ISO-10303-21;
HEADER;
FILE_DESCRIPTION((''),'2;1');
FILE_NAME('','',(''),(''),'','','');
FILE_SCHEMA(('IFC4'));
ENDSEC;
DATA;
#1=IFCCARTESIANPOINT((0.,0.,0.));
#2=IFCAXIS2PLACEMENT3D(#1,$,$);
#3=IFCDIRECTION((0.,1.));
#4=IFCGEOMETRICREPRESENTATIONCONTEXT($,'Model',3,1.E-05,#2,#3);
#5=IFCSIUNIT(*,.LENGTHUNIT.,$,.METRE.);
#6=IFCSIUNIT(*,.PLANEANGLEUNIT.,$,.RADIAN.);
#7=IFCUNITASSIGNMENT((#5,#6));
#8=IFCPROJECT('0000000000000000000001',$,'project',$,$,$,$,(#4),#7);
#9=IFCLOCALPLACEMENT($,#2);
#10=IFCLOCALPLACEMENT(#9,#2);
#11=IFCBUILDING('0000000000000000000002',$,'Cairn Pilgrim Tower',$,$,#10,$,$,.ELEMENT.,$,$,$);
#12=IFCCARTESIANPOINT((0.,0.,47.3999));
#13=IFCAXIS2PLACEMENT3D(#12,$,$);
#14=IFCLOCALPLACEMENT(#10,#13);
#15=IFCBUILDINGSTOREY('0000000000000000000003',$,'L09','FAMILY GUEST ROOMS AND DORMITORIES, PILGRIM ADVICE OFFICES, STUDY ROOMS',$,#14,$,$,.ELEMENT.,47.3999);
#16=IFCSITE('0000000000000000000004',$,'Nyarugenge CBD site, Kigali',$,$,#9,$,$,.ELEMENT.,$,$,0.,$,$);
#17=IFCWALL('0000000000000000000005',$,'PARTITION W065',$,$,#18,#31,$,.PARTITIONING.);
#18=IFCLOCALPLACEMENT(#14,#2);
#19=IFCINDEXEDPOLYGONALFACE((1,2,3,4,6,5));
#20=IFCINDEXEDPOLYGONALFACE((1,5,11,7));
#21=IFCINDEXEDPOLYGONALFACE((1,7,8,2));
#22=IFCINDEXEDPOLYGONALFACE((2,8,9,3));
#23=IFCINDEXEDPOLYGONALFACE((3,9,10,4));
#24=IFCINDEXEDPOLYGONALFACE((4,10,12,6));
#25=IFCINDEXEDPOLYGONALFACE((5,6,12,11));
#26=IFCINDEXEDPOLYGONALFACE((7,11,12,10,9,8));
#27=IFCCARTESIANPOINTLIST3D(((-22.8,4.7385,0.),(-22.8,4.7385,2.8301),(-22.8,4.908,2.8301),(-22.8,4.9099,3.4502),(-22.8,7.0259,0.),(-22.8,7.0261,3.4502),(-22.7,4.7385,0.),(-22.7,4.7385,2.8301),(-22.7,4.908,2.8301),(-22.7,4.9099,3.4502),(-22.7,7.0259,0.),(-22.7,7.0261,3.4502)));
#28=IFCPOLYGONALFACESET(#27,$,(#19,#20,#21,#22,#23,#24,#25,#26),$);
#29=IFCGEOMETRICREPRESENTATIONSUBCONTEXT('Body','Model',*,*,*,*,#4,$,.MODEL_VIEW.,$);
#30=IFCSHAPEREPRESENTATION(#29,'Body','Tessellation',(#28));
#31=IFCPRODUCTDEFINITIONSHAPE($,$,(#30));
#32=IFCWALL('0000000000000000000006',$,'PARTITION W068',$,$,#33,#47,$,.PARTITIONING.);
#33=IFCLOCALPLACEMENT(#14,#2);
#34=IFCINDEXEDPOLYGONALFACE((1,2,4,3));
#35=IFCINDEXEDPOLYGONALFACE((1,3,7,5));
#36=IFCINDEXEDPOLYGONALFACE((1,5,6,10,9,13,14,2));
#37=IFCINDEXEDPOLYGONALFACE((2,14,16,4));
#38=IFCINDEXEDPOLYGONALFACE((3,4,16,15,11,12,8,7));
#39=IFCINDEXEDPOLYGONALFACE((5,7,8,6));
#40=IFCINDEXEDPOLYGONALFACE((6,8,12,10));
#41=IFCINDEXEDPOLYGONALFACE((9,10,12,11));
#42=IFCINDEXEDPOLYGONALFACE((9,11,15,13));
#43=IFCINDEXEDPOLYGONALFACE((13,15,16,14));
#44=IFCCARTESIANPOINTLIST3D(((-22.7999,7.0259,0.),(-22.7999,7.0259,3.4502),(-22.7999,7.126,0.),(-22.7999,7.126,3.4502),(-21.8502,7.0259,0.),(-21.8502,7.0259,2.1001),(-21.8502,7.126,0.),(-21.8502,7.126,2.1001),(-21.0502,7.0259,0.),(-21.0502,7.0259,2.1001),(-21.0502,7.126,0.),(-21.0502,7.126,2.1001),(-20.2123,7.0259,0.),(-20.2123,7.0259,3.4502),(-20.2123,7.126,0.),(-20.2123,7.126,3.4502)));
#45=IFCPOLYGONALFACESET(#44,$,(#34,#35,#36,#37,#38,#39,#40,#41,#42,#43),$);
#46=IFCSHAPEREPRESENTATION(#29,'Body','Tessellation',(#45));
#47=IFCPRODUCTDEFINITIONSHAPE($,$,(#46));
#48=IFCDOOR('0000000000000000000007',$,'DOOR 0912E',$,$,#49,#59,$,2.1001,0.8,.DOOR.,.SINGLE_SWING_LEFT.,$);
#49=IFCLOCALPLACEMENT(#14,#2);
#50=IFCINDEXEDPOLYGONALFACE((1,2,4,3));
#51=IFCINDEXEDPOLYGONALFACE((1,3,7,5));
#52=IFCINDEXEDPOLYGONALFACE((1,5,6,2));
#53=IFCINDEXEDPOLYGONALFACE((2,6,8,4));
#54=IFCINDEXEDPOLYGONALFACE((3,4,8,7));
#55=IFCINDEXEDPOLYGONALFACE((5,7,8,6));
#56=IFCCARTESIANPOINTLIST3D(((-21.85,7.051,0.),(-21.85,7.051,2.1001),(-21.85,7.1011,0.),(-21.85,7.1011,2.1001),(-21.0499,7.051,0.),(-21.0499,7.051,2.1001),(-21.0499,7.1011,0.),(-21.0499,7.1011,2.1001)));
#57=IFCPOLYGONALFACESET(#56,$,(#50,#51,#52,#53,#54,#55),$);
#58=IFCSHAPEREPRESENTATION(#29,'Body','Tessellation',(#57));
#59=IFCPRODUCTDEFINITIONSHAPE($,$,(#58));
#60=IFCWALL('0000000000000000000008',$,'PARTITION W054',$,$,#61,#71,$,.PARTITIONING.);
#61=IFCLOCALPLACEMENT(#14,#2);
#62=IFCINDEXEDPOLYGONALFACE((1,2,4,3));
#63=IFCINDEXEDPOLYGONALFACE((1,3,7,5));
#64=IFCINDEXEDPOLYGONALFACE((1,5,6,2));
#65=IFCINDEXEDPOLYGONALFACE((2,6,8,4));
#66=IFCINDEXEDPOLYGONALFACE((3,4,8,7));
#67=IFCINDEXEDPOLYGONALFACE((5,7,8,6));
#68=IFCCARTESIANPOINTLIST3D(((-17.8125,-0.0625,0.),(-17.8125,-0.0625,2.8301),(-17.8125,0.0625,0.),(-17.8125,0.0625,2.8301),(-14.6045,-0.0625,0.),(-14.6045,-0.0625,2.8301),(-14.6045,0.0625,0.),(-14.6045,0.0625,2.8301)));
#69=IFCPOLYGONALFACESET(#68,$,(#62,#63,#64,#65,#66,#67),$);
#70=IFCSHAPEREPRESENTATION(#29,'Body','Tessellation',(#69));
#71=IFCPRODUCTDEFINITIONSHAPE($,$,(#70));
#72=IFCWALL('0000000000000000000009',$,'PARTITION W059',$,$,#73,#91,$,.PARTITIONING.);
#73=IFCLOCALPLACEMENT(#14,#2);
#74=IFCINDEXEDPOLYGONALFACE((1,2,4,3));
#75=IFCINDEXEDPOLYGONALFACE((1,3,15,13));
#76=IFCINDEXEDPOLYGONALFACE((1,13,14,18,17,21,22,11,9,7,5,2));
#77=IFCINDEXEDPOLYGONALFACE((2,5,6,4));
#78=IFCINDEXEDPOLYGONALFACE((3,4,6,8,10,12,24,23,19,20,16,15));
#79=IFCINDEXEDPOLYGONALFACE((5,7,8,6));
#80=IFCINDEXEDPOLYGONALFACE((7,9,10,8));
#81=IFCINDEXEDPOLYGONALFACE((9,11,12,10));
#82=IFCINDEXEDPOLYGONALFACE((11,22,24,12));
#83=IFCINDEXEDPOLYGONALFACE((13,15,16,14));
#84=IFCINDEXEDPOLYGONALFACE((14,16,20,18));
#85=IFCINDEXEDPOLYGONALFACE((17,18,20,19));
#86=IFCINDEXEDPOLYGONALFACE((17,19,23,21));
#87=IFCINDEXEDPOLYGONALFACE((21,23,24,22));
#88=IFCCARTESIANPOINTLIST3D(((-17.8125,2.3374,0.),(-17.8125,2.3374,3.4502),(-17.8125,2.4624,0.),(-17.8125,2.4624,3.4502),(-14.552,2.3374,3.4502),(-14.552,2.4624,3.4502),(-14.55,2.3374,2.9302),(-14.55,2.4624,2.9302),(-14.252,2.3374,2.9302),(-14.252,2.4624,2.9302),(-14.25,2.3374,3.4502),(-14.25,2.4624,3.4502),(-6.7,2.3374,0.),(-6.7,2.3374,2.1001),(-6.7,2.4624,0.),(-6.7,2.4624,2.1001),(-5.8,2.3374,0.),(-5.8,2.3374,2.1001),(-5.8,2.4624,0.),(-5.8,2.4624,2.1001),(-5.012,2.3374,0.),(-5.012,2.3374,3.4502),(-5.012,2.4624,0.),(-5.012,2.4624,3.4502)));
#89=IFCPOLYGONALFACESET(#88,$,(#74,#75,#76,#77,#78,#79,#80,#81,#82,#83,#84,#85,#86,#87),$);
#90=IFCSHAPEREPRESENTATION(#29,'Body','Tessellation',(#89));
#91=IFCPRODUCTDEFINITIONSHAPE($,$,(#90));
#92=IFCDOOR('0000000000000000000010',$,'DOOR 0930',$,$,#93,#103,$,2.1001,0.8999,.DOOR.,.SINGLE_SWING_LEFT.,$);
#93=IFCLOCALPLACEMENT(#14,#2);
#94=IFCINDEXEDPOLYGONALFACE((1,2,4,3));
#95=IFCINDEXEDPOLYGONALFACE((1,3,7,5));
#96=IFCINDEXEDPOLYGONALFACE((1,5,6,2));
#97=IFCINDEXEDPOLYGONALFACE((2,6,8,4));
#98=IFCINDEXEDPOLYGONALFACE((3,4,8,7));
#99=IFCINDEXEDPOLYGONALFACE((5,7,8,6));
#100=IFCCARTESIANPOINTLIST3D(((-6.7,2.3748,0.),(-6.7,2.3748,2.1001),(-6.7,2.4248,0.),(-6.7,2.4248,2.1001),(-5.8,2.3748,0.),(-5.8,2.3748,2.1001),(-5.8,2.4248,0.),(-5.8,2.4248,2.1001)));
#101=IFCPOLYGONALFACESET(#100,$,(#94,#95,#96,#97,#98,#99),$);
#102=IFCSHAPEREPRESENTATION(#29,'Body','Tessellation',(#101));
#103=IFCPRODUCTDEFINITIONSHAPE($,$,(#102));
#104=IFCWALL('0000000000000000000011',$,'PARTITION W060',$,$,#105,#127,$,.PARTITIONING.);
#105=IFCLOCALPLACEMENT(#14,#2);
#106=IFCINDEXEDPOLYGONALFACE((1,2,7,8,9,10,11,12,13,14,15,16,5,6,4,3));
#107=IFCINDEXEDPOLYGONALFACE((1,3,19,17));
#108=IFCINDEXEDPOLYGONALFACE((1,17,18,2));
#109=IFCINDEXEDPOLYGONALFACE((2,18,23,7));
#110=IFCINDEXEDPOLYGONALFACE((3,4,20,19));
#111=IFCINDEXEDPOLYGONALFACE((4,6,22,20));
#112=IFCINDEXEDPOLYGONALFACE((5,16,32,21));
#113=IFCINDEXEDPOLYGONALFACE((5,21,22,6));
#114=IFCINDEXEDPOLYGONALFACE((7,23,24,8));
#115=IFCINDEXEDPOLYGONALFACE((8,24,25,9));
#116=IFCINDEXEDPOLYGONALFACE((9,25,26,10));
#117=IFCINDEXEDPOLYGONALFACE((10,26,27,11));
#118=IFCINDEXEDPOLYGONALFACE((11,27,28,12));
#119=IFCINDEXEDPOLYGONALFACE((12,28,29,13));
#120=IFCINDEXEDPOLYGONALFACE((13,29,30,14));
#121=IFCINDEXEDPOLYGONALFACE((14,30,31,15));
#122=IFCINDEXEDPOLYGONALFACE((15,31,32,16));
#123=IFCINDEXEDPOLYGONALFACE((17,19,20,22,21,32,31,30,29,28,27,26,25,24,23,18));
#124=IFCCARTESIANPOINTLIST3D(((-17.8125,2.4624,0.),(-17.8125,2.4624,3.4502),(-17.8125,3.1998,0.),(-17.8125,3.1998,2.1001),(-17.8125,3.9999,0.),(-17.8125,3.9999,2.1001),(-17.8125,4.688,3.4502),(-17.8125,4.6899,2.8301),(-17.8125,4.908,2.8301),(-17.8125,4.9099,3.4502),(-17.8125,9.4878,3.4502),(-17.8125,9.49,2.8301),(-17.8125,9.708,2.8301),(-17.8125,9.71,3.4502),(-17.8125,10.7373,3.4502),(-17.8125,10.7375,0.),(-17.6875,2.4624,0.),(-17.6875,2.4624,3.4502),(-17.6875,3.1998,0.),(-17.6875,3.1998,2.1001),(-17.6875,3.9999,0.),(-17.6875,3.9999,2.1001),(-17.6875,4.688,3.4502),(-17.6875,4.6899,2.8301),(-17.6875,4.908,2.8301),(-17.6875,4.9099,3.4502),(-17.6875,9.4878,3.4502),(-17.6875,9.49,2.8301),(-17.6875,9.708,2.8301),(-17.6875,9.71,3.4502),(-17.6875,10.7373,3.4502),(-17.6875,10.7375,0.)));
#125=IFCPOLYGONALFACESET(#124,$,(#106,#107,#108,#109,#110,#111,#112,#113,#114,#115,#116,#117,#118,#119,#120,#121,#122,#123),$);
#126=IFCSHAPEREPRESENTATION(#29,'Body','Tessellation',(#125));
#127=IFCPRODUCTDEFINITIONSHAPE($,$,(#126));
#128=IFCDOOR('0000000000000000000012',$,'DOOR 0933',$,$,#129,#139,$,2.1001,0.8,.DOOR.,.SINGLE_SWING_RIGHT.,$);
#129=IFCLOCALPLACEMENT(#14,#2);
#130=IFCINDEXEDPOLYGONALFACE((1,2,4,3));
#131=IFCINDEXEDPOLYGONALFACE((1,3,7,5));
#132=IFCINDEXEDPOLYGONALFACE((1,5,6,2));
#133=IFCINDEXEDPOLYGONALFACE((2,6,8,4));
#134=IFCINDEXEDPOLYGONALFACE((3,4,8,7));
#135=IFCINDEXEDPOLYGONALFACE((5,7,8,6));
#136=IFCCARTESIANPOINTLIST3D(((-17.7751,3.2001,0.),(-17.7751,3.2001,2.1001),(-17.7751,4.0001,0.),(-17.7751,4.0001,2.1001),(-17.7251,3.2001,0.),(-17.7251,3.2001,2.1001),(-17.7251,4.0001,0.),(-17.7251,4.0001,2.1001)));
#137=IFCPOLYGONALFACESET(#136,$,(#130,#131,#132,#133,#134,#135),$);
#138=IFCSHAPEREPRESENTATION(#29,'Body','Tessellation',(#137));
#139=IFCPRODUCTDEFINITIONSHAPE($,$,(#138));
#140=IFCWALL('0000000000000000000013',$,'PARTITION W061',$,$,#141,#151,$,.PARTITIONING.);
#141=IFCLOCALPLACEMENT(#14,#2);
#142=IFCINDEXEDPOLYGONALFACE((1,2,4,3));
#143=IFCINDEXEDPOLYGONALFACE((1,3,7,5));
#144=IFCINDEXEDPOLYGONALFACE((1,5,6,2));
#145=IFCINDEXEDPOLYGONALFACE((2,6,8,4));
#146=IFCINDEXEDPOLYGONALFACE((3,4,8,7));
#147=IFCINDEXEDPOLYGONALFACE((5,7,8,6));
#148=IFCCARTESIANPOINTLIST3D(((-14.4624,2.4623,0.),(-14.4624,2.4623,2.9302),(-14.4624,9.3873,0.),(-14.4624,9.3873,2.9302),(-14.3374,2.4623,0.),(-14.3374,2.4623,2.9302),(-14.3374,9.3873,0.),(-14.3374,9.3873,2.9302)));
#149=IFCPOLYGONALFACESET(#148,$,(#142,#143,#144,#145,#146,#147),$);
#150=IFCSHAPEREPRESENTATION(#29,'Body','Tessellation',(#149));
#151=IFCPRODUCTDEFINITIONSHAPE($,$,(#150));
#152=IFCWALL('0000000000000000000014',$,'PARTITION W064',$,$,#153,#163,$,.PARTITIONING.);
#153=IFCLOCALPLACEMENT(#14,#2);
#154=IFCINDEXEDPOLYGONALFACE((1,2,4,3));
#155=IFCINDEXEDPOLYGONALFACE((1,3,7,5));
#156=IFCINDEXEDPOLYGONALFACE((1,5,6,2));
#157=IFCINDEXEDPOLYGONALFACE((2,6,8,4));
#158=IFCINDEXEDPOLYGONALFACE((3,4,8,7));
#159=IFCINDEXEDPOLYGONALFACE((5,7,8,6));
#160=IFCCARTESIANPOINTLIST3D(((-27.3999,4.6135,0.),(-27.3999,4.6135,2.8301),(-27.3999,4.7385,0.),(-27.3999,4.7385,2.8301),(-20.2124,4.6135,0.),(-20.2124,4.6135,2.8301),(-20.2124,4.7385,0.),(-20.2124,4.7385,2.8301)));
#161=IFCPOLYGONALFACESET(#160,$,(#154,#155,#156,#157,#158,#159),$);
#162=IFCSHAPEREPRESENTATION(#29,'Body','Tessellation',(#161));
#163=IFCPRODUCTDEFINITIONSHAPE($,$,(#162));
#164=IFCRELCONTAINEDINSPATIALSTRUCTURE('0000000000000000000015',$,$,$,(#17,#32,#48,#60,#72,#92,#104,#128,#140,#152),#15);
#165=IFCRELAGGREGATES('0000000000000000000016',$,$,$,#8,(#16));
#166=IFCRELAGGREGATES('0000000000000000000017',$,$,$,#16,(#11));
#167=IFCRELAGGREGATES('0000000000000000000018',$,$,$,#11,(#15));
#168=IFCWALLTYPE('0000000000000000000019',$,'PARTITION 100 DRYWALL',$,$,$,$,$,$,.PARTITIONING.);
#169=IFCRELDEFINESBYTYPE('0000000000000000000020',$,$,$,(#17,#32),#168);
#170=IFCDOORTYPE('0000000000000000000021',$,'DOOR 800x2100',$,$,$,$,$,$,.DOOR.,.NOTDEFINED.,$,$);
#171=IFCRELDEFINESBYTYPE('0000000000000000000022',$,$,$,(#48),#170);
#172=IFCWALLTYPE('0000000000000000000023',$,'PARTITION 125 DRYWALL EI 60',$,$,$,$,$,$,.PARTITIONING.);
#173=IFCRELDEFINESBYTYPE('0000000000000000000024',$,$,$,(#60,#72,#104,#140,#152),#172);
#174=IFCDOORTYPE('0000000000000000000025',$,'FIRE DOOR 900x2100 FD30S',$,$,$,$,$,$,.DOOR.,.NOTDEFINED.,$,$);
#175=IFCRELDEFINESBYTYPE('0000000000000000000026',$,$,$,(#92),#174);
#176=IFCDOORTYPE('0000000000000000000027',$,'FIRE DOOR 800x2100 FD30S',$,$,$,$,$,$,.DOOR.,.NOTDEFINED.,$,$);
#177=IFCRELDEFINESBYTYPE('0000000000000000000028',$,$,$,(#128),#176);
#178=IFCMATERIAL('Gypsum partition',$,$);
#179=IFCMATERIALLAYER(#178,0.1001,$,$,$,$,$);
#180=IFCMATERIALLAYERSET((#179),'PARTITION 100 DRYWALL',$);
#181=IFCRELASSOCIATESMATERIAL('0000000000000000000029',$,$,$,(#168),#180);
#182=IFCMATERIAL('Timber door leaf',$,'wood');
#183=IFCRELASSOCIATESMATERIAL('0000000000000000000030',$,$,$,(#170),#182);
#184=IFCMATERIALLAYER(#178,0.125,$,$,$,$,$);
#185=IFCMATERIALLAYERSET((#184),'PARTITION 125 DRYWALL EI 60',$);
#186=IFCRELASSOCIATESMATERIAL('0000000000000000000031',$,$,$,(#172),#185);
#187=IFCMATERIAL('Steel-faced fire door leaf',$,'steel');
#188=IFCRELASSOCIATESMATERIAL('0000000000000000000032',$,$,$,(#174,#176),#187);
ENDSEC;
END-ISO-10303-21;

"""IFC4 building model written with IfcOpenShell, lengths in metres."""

from ifc_helpers import new_model, si_unit, direction, frame, frame_2d, origin, place, context, subcontext, project, spatial, polyline, rectangle, outline, extrude, material, layer, layer_set, type_object, element, fill, save


model = new_model("IFC4")

# Units and contexts
model_context = context("Model", 3, precision=1e-05, world=origin(), true_north=direction((0.0, 1.0)))
body_context = subcontext(model_context, "Body", "Model", "MODEL_VIEW")
ifc_project = project(units=[si_unit("LENGTHUNIT", "METRE"), si_unit("PLANEANGLEUNIT", "RADIAN")], contexts=[model_context])

# Site, building, storey
site_placement = place(None, origin())
site = spatial("IfcSite", under=ifc_project, at=site_placement, Name="Nyarugenge CBD site, Kigali", CompositionType="ELEMENT", RefElevation=0.0)
building_placement = place(site_placement, origin())
building = spatial("IfcBuilding", under=site, at=building_placement, Name="Cairn Pilgrim Tower", CompositionType="ELEMENT")
storey_placement = place(building_placement, frame((0.0, 0.0, 47.3999)))
storey = spatial("IfcBuildingStorey", under=building, at=storey_placement, Name="L09", Description="FAMILY GUEST ROOMS AND DORMITORIES, PILGRIM ADVICE OFFICES, STUDY ROOMS", CompositionType="ELEMENT", Elevation=47.3999)

# Wall
ifc_material_1 = material(Name="Gypsum partition")
ifc_layer_1 = layer(ifc_material_1, 0.1001)
ifc_layer_set_1 = layer_set([ifc_layer_1], Name="PARTITION 100 DRYWALL")
wall_type_1 = type_object("IfcWallType", Name="PARTITION 100 DRYWALL", PredefinedType="PARTITIONING", material=ifc_layer_set_1)
wall_1_placement = place(storey_placement, frame((-22.75, 4.7385, 0.0), z_axis=(0.0, 0.0, 1.0), x_axis=(0.0, 1.0, 0.0)))
element("IfcWall", 1, at=wall_1_placement, inside=storey, type_object=wall_type_1, Name="PARTITION W065", PredefinedType="PARTITIONING", context=body_context, shape_type="SweptSolid", body=[
    extrude(outline(polyline([(0.0, 0.0), (2.2874, 0.0), (2.2876, 3.4502), (0.1714, 3.4502), (0.1694, 2.8301), (0.0, 2.8301), (0.0, 0.0)])), frame((0.0, 0.05, 0.0), z_axis=(0.0, -1.0, 0.0), x_axis=(1.0, 0.0, 0.0)), (0.0, 0.0, 1.0), 0.1001),
])

# Wall, opening, door
wall_2_placement = place(storey_placement, frame((-22.8, 7.0759, 0.0), z_axis=(0.0, 0.0, 1.0), x_axis=(1.0, 0.0, 0.0)))
wall_2 = element("IfcWall", 2, at=wall_2_placement, inside=storey, type_object=wall_type_1, Name="PARTITION W068", PredefinedType="PARTITIONING", context=body_context, shape_type="SweptSolid", body=[
    extrude(rectangle(XDim=2.5876, YDim=0.1001, at=frame_2d((1.2939, 0.0))), origin(), (0.0, 0.0, 1.0), 3.4502),
])
opening_1_placement = place(wall_2_placement, frame((0.95, 0.0, 0.0)))
opening_1 = element("IfcOpeningElement", 3, at=opening_1_placement, cuts=wall_2, PredefinedType="OPENING", context=body_context, shape_type="SweptSolid", body=[
    extrude(rectangle(XDim=0.8, YDim=2.1001, at=frame_2d((0.3999, 1.05))), frame((0.0, 0.0601, 0.0), z_axis=(0.0, -1.0, 0.0), x_axis=(1.0, 0.0, 0.0)), (0.0, 0.0, 1.0), 0.1201),
])
ifc_material_2 = material(Name="Timber door leaf", Category="wood")
door_type_1 = type_object("IfcDoorType", Name="DOOR 800x2100", OperationType="NOTDEFINED", PredefinedType="DOOR", material=ifc_material_2)
door_1_placement = place(opening_1_placement, frame((0.8, 0.0, 0.0), z_axis=(0.0, 0.0, 1.0), x_axis=(-1.0, 0.0, 0.0)))
door_1 = element("IfcDoor", 4, at=door_1_placement, inside=storey, type_object=door_type_1, Name="DOOR 0912E", OperationType="SINGLE_SWING_LEFT", OverallHeight=2.1001, OverallWidth=0.8, PredefinedType="DOOR", context=body_context, shape_type="SweptSolid", body=[
    extrude(rectangle(XDim=0.8, YDim=2.1001, at=frame_2d((0.3999, 1.05))), frame((0.0, 0.0249, 0.0), z_axis=(0.0, -1.0, 0.0), x_axis=(1.0, 0.0, 0.0)), (0.0, 0.0, 1.0), 0.05),
])
fill(opening_1, door_1)

# Wall
ifc_layer_2 = layer(ifc_material_1, 0.125)
ifc_layer_set_2 = layer_set([ifc_layer_2], Name="PARTITION 125 DRYWALL EI 60")
wall_type_2 = type_object("IfcWallType", Name="PARTITION 125 DRYWALL EI 60", PredefinedType="PARTITIONING", material=ifc_layer_set_2)
wall_3_placement = place(storey_placement, frame((-17.8125, 0.0, 0.0), z_axis=(0.0, 0.0, 1.0), x_axis=(1.0, 0.0, 0.0)))
element("IfcWall", 5, at=wall_3_placement, inside=storey, type_object=wall_type_2, Name="PARTITION W054", PredefinedType="PARTITIONING", context=body_context, shape_type="SweptSolid", body=[
    extrude(rectangle(XDim=3.208, YDim=0.125, at=frame_2d((1.604, 0.0))), origin(), (0.0, 0.0, 1.0), 2.8301),
])

# Walls, openings, doors
wall_4_placement = place(storey_placement, frame((-17.8125, 2.3999, 0.0), z_axis=(0.0, 0.0, 1.0), x_axis=(1.0, 0.0, 0.0)))
wall_4 = element("IfcWall", 6, at=wall_4_placement, inside=storey, type_object=wall_type_2, Name="PARTITION W059", PredefinedType="PARTITIONING", context=body_context, shape_type="SweptSolid", body=[
    extrude(outline(polyline([(0.0, 0.0), (12.8005, 0.0), (12.8005, 3.4502), (3.5625, 3.4502), (3.5605, 2.9302), (3.2625, 2.9302), (3.2605, 3.4502), (0.0, 3.4502), (0.0, 0.0)])), frame((0.0, 0.0625, 0.0), z_axis=(0.0, -1.0, 0.0), x_axis=(1.0, 0.0, 0.0)), (0.0, 0.0, 1.0), 0.125),
])
opening_2_placement = place(wall_4_placement, frame((11.1125, 0.0, 0.0)))
opening_2 = element("IfcOpeningElement", 7, at=opening_2_placement, cuts=wall_4, PredefinedType="OPENING", context=body_context, shape_type="SweptSolid", body=[
    extrude(rectangle(XDim=0.8999, YDim=2.1001, at=frame_2d((0.45, 1.05))), frame((0.0, 0.0725, 0.0), z_axis=(0.0, -1.0, 0.0), x_axis=(1.0, 0.0, 0.0)), (0.0, 0.0, 1.0), 0.145),
])
ifc_material_3 = material(Name="Steel-faced fire door leaf", Category="steel")
door_type_2 = type_object("IfcDoorType", Name="FIRE DOOR 900x2100 FD30S", OperationType="NOTDEFINED", PredefinedType="DOOR", material=ifc_material_3)
door_2_placement = place(opening_2_placement, origin())
door_2 = element("IfcDoor", 8, at=door_2_placement, inside=storey, type_object=door_type_2, Name="DOOR 0930", OperationType="SINGLE_SWING_LEFT", OverallHeight=2.1001, OverallWidth=0.8999, PredefinedType="DOOR", context=body_context, shape_type="SweptSolid", body=[
    extrude(rectangle(XDim=0.8999, YDim=2.1001, at=frame_2d((0.45, 1.05))), frame((0.0, 0.0249, 0.0), z_axis=(0.0, -1.0, 0.0), x_axis=(1.0, 0.0, 0.0)), (0.0, 0.0, 1.0), 0.05),
])
fill(opening_2, door_2)
wall_5_placement = place(storey_placement, frame((-17.75, 2.4624, 0.0), z_axis=(0.0, 0.0, 1.0), x_axis=(0.0, 1.0, 0.0)))
wall_5 = element("IfcWall", 9, at=wall_5_placement, inside=storey, type_object=wall_type_2, Name="PARTITION W060", PredefinedType="PARTITIONING", context=body_context, shape_type="SweptSolid", body=[
    extrude(outline(polyline([(0.0, 0.0), (8.2751, 0.0), (8.2749, 3.4502), (7.2476, 3.4502), (7.2456, 2.8301), (7.0276, 2.8301), (7.0254, 3.4502), (2.4475, 3.4502), (2.4456, 2.8301), (2.2275, 2.8301), (2.2256, 3.4502), (0.0, 3.4502), (0.0, 0.0)])), frame((0.0, 0.0625, 0.0), z_axis=(0.0, -1.0, 0.0), x_axis=(1.0, 0.0, 0.0)), (0.0, 0.0, 1.0), 0.125),
])
opening_3_placement = place(wall_5_placement, frame((0.7375, 0.0, 0.0)))
opening_3 = element("IfcOpeningElement", 10, at=opening_3_placement, cuts=wall_5, PredefinedType="OPENING", context=body_context, shape_type="SweptSolid", body=[
    extrude(rectangle(XDim=0.8, YDim=2.1001, at=frame_2d((0.3999, 1.05))), frame((0.0, 0.0725, 0.0), z_axis=(0.0, -1.0, 0.0), x_axis=(1.0, 0.0, 0.0)), (0.0, 0.0, 1.0), 0.145),
])
door_type_3 = type_object("IfcDoorType", Name="FIRE DOOR 800x2100 FD30S", OperationType="NOTDEFINED", PredefinedType="DOOR", material=ifc_material_3)
door_3_placement = place(opening_3_placement, frame((0.8, 0.0, 0.0), z_axis=(0.0, 0.0, 1.0), x_axis=(-1.0, 0.0, 0.0)))
door_3 = element("IfcDoor", 11, at=door_3_placement, inside=storey, type_object=door_type_3, Name="DOOR 0933", OperationType="SINGLE_SWING_RIGHT", OverallHeight=2.1001, OverallWidth=0.8, PredefinedType="DOOR", context=body_context, shape_type="SweptSolid", body=[
    extrude(rectangle(XDim=0.8, YDim=2.1001, at=frame_2d((0.3999, 1.05))), frame((0.0, 0.0249, 0.0), z_axis=(0.0, -1.0, 0.0), x_axis=(1.0, 0.0, 0.0)), (0.0, 0.0, 1.0), 0.05),
])
fill(opening_3, door_3)

# Walls
wall_6_placement = place(storey_placement, frame((-14.3999, 2.4624, 0.0), z_axis=(0.0, 0.0, 1.0), x_axis=(0.0, 1.0, 0.0)))
element("IfcWall", 12, at=wall_6_placement, inside=storey, type_object=wall_type_2, Name="PARTITION W061", PredefinedType="PARTITIONING", context=body_context, shape_type="SweptSolid", body=[
    extrude(rectangle(XDim=6.925, YDim=0.125, at=frame_2d((3.4624, 0.0))), origin(), (0.0, 0.0, 1.0), 2.9302),
])
wall_7_placement = place(storey_placement, frame((-27.3999, 4.676, 0.0), z_axis=(0.0, 0.0, 1.0), x_axis=(1.0, 0.0, 0.0)))
element("IfcWall", 13, at=wall_7_placement, inside=storey, type_object=wall_type_2, Name="PARTITION W064", PredefinedType="PARTITIONING", context=body_context, shape_type="SweptSolid", body=[
    extrude(rectangle(XDim=7.1875, YDim=0.125, at=frame_2d((3.5938, 0.0))), origin(), (0.0, 0.0, 1.0), 2.8301),
])

save(model, "model.ifc")
